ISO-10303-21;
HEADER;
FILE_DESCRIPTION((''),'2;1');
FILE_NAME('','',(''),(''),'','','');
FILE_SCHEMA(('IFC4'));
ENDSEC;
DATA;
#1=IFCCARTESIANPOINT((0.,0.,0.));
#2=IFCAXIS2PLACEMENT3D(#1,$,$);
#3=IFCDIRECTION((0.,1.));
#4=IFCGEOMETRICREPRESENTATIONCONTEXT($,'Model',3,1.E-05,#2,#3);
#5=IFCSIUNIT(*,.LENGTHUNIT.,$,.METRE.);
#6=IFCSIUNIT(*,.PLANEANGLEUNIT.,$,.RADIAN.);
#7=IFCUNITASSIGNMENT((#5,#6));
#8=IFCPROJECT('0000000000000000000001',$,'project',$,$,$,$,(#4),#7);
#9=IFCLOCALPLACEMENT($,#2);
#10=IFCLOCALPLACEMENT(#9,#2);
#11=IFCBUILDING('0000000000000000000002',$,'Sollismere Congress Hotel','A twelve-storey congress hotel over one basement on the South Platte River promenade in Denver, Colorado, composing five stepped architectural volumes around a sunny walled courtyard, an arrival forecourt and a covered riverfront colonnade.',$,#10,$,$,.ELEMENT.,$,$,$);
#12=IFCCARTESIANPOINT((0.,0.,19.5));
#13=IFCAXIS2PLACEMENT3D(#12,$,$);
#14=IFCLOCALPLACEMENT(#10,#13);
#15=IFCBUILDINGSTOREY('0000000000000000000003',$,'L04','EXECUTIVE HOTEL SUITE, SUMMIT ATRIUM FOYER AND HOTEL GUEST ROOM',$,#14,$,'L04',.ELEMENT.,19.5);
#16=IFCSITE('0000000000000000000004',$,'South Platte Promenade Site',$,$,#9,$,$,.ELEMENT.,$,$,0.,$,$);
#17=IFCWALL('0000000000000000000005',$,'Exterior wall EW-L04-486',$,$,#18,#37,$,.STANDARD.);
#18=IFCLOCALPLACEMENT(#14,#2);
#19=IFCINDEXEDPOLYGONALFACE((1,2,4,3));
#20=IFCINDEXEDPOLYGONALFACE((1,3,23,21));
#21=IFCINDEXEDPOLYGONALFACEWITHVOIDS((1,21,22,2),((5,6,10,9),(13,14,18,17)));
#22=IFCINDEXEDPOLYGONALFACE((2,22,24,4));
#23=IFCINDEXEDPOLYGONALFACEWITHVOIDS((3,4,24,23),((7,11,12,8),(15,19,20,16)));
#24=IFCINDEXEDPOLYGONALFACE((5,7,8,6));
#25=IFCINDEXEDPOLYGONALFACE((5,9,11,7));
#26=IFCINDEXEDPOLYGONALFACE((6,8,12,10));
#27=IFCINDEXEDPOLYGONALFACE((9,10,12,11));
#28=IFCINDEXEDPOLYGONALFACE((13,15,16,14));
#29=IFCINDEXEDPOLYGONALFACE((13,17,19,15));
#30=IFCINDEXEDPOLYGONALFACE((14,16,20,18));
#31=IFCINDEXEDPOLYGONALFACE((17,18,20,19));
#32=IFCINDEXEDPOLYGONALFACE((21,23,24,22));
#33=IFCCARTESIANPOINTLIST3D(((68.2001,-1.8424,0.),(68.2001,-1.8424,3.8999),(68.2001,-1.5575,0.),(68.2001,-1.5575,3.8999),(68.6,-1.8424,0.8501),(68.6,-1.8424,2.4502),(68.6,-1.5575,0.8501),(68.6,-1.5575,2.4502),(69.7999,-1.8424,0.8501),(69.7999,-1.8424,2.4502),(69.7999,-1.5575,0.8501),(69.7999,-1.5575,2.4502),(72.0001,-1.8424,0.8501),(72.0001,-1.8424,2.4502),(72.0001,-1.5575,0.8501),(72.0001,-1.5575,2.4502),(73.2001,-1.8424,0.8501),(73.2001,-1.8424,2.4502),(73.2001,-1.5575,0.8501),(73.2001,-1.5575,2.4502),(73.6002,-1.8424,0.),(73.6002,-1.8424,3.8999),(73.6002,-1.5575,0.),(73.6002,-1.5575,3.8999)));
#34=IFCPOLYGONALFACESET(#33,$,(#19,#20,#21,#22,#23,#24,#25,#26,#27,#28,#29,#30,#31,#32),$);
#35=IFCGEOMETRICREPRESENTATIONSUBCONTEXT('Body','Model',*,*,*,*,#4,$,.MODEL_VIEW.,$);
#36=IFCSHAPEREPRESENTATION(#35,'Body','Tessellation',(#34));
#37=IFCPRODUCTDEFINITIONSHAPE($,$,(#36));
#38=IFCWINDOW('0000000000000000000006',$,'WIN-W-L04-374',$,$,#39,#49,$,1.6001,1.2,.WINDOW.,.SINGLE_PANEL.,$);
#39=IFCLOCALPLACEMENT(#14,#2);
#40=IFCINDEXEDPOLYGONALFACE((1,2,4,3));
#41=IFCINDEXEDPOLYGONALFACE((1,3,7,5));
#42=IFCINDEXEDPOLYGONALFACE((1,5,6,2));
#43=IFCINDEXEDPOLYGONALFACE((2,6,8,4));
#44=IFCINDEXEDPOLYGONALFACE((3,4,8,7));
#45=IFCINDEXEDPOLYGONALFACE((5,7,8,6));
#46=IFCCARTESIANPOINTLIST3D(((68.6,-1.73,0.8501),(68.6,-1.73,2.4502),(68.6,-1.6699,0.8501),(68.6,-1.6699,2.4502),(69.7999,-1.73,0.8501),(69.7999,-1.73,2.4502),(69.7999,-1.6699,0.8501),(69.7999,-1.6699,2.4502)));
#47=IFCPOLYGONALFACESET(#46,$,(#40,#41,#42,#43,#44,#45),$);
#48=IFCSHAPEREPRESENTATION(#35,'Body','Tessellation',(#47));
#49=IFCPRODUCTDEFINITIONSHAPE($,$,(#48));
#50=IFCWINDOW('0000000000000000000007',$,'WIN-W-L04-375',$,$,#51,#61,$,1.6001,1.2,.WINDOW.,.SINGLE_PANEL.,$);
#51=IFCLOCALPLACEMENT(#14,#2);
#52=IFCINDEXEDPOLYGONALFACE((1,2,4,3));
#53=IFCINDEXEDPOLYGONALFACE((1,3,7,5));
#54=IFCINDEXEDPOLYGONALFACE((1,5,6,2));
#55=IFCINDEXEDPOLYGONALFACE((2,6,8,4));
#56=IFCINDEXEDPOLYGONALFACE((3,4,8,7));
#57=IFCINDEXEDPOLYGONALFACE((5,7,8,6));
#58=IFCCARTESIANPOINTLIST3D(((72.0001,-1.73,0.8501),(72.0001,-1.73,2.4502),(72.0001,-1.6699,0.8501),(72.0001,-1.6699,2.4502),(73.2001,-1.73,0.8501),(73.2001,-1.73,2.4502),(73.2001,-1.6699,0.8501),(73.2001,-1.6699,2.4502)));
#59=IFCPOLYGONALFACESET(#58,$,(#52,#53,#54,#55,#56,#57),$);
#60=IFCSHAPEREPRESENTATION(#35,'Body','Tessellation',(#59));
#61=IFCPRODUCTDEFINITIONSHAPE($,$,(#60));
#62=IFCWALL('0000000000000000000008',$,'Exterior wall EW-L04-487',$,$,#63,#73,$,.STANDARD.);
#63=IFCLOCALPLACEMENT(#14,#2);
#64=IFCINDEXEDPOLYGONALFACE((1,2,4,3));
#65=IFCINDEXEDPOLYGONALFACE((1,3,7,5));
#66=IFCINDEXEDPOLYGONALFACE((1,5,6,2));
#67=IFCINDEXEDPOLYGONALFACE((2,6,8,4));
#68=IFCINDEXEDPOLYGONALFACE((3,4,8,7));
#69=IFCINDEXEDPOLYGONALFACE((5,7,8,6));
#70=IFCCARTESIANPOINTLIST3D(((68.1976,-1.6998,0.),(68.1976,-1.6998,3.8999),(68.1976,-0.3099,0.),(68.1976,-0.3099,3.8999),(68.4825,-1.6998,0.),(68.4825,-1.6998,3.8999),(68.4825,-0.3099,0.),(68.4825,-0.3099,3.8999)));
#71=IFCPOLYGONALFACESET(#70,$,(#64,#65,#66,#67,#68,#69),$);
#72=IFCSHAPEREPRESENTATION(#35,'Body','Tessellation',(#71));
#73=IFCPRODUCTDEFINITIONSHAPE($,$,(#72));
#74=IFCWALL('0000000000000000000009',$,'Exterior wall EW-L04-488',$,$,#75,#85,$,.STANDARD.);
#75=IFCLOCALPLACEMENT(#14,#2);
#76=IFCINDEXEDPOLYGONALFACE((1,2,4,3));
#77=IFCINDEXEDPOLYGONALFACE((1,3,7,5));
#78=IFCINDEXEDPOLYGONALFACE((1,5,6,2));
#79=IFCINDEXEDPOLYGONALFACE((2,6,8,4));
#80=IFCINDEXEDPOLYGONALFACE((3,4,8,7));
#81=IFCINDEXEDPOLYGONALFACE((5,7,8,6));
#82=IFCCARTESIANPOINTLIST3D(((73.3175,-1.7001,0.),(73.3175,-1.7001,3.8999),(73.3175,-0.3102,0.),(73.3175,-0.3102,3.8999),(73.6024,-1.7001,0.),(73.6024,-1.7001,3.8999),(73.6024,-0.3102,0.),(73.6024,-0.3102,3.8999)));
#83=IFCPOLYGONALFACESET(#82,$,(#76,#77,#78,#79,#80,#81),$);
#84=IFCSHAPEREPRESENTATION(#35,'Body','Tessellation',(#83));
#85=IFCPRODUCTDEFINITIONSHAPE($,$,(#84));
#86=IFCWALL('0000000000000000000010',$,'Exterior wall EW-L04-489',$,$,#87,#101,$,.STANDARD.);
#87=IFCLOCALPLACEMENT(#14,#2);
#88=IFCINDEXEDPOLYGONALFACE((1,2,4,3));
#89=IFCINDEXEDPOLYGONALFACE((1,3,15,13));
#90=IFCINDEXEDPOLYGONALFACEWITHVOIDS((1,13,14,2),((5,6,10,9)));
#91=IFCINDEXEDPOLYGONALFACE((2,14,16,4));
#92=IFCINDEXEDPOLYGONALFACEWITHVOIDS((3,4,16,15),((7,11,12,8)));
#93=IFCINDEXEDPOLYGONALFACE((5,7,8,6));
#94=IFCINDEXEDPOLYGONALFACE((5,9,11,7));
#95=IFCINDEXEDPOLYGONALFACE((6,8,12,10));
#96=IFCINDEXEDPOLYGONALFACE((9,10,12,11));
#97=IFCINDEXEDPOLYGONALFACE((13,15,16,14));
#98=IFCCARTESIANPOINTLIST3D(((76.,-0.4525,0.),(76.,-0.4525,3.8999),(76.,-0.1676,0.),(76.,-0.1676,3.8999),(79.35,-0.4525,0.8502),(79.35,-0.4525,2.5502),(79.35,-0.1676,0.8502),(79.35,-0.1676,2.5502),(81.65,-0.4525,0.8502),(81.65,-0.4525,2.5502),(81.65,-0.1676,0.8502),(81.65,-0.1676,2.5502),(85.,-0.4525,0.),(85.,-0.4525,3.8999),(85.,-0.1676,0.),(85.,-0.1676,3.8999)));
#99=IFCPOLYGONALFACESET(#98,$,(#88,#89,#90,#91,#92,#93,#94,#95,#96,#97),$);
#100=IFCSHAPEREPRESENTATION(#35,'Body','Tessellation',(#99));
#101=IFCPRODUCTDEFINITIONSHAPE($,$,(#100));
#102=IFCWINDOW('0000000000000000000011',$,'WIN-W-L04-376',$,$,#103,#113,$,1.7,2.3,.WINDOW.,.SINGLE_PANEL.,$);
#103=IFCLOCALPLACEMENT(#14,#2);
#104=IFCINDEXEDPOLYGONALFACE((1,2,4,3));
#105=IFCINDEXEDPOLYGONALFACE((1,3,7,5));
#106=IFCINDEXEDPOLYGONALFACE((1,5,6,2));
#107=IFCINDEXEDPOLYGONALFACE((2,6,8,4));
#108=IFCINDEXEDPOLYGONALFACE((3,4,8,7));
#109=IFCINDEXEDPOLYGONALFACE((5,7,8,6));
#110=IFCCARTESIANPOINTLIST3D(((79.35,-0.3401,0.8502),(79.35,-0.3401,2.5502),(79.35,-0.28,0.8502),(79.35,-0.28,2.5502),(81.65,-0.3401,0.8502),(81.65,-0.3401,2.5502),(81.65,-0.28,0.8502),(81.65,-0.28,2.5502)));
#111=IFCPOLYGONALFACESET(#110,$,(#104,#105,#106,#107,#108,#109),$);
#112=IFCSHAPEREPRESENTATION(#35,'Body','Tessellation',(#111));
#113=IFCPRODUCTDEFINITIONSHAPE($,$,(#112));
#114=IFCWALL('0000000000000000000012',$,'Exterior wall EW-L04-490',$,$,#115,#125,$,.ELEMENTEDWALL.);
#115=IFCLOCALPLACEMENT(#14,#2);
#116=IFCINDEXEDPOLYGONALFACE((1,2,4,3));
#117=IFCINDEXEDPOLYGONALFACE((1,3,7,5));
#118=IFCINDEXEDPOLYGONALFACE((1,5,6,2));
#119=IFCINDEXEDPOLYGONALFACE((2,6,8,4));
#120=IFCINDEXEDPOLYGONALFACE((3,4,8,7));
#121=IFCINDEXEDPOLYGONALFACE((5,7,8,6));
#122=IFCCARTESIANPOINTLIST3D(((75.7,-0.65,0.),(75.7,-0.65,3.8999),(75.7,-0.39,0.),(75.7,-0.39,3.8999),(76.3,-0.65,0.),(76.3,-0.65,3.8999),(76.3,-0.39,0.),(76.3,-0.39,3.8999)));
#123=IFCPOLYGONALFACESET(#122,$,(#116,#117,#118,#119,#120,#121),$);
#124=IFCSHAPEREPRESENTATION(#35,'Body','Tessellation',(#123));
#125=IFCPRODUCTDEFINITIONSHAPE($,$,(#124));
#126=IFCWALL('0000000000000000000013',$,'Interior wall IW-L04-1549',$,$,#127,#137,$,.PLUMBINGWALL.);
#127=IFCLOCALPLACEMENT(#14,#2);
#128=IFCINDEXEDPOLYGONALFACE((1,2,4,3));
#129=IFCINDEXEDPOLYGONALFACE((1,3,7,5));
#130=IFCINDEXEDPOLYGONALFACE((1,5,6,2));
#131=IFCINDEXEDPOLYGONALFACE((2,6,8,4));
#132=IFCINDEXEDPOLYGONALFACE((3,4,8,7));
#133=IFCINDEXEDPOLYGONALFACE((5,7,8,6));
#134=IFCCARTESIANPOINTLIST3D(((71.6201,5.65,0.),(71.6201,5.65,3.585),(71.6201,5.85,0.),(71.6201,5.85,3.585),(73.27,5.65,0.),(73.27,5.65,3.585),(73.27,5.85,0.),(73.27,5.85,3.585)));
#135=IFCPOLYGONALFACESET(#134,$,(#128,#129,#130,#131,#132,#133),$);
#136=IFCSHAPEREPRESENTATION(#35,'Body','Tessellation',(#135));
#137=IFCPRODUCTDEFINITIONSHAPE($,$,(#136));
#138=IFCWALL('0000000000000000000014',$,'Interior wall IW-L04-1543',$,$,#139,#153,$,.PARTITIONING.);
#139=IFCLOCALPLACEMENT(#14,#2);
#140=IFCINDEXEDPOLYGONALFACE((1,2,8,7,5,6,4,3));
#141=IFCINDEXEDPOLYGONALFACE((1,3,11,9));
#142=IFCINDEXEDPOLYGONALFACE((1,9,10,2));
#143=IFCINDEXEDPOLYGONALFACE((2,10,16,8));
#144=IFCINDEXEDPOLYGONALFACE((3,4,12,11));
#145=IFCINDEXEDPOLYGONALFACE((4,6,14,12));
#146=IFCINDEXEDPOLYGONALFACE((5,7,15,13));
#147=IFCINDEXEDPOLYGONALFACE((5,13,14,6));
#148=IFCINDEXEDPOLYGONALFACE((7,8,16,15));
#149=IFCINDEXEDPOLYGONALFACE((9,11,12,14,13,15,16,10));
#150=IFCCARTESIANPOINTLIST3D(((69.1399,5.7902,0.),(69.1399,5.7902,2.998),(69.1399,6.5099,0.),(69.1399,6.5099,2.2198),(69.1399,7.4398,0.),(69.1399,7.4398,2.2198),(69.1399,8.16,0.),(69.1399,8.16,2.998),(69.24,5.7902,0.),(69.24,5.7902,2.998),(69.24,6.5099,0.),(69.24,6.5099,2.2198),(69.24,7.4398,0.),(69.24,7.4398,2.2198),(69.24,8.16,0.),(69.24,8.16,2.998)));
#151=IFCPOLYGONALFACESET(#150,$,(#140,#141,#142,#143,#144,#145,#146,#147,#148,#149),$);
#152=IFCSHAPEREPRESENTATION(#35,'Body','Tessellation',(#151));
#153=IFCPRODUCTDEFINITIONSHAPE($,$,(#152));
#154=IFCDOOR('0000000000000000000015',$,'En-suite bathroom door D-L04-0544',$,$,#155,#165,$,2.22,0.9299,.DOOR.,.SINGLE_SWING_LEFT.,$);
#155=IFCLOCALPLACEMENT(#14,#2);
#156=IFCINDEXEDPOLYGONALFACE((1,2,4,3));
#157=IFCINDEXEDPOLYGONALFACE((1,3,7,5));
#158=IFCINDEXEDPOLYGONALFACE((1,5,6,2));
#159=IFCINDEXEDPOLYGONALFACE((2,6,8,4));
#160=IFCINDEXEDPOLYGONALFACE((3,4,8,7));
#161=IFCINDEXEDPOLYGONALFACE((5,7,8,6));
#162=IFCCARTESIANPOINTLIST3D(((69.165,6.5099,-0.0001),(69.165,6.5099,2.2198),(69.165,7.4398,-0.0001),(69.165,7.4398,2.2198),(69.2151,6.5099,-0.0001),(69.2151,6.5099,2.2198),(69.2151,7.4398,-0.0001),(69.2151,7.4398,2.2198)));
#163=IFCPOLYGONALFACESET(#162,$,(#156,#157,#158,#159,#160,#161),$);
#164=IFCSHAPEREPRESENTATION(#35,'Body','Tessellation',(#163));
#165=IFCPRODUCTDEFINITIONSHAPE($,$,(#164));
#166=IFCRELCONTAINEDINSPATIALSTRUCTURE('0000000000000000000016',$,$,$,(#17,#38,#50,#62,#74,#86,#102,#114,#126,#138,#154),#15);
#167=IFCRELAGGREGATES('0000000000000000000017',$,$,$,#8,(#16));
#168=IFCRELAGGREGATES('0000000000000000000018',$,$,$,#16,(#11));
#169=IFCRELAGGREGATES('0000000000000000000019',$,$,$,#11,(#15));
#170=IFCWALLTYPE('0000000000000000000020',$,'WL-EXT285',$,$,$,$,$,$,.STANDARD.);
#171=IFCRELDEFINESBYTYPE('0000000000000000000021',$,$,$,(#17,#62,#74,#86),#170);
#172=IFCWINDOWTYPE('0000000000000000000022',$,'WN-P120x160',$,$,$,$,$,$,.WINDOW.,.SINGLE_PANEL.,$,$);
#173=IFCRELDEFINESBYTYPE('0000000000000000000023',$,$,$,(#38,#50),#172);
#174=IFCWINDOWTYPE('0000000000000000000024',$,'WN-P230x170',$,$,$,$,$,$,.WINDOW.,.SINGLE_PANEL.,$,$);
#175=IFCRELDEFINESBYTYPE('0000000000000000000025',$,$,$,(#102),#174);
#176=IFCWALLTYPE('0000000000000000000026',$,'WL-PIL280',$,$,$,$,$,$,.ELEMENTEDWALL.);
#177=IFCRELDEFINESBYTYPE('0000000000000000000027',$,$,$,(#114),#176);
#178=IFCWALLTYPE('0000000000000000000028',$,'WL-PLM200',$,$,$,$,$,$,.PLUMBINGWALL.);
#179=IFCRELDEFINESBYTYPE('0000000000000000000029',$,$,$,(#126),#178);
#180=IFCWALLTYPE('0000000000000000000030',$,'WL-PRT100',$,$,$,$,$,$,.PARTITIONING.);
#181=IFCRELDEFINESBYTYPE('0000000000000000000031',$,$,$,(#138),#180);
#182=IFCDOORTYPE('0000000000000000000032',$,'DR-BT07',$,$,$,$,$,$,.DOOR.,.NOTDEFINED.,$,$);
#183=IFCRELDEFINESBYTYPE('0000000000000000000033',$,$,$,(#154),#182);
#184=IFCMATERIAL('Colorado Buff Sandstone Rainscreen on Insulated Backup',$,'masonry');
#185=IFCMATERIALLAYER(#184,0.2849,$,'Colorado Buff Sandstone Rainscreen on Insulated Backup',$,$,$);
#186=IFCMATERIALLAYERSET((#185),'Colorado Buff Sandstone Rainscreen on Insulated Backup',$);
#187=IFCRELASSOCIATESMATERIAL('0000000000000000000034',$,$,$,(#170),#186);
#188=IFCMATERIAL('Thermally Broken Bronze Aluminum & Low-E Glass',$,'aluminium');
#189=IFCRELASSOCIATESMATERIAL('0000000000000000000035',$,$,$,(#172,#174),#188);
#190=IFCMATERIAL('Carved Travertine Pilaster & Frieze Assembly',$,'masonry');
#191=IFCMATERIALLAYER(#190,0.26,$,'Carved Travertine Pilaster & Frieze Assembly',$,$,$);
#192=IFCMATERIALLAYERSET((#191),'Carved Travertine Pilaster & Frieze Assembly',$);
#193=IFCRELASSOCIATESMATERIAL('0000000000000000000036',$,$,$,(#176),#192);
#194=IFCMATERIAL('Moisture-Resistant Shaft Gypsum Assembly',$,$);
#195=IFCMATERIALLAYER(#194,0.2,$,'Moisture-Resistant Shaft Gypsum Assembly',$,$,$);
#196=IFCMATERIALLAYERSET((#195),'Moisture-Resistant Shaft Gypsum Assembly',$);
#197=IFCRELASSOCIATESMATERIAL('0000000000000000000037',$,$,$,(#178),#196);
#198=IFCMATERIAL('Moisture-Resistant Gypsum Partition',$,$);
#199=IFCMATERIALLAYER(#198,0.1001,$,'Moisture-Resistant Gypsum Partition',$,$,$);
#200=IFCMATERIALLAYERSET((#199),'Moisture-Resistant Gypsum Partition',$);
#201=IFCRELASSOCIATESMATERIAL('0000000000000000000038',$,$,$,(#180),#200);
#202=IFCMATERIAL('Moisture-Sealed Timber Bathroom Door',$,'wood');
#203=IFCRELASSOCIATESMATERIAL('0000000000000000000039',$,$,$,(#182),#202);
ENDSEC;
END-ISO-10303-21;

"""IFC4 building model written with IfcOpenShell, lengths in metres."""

from ifc_helpers import new_model, si_unit, direction, frame, frame_2d, origin, place, context, subcontext, project, spatial, rectangle, extrude, material, layer, layer_set, type_object, element, fill, save


model = new_model("IFC4")

# Units and contexts
model_context = context("Model", 3, precision=1e-05, world=origin(), true_north=direction((0.0, 1.0)))
body_context = subcontext(model_context, "Body", "Model", "MODEL_VIEW")
ifc_project = project(units=[si_unit("LENGTHUNIT", "METRE"), si_unit("PLANEANGLEUNIT", "RADIAN")], contexts=[model_context])

# Site, building, storey
site_placement = place(None, origin())
site = spatial("IfcSite", under=ifc_project, at=site_placement, Name="South Platte Promenade Site", CompositionType="ELEMENT", RefElevation=0.0)
building_placement = place(site_placement, origin())
building = spatial("IfcBuilding", under=site, at=building_placement, Name="Sollismere Congress Hotel", Description="A twelve-storey congress hotel over one basement on the South Platte River promenade in Denver, Colorado, composing five stepped architectural volumes around a sunny walled courtyard, an arrival forecourt and a covered riverfront colonnade.", CompositionType="ELEMENT")
storey_placement = place(building_placement, frame((0.0, 0.0, 19.5)))
storey = spatial("IfcBuildingStorey", under=building, at=storey_placement, Name="L04", Description="EXECUTIVE HOTEL SUITE, SUMMIT ATRIUM FOYER AND HOTEL GUEST ROOM", LongName="L04", CompositionType="ELEMENT", Elevation=19.5)

# Shared definitions
ifc_material_1 = material(Name="Colorado Buff Sandstone Rainscreen on Insulated Backup", Category="masonry")
ifc_layer_1 = layer(ifc_material_1, 0.2849, Name="Colorado Buff Sandstone Rainscreen on Insulated Backup")
ifc_layer_set_1 = layer_set([ifc_layer_1], Name="Colorado Buff Sandstone Rainscreen on Insulated Backup")
wall_type_1 = type_object("IfcWallType", Name="WL-EXT285", PredefinedType="STANDARD", material=ifc_layer_set_1)
ifc_material_2 = material(Name="Thermally Broken Bronze Aluminum & Low-E Glass", Category="aluminium")

# Wall, openings, windows
wall_1_placement = place(storey_placement, frame((68.2, -1.7, 0.0), z_axis=(0.0, 0.0, 1.0), x_axis=(1.0, 0.0, 0.0)))
wall_1 = element("IfcWall", 1, at=wall_1_placement, inside=storey, type_object=wall_type_1, Name="Exterior wall EW-L04-486", PredefinedType="STANDARD", context=body_context, shape_type="SweptSolid", body=[
    extrude(rectangle(XDim=5.4001, YDim=0.2849, at=frame_2d((2.7002, 0.0))), origin(), (0.0, 0.0, 1.0), 3.8999),
])
opening_1_placement = place(wall_1_placement, frame((0.3999, 0.0, 0.8501)))
opening_1 = element("IfcOpeningElement", 2, at=opening_1_placement, cuts=wall_1, PredefinedType="OPENING", context=body_context, shape_type="SweptSolid", body=[
    extrude(rectangle(XDim=1.2, YDim=1.6001, at=frame_2d((0.6001, 0.8))), frame((0.0, 0.1523, 0.0), z_axis=(0.0, -1.0, 0.0), x_axis=(1.0, 0.0, 0.0)), (0.0, 0.0, 1.0), 0.3049),
])
opening_2_placement = place(wall_1_placement, frame((3.8, 0.0, 0.8501)))
opening_2 = element("IfcOpeningElement", 3, at=opening_2_placement, cuts=wall_1, PredefinedType="OPENING", context=body_context, shape_type="SweptSolid", body=[
    extrude(rectangle(XDim=1.2, YDim=1.6001, at=frame_2d((0.6001, 0.8))), frame((0.0, 0.1523, 0.0), z_axis=(0.0, -1.0, 0.0), x_axis=(1.0, 0.0, 0.0)), (0.0, 0.0, 1.0), 0.3049),
])
window_type_1 = type_object("IfcWindowType", Name="WN-P120x160", PartitioningType="SINGLE_PANEL", PredefinedType="WINDOW", material=ifc_material_2)
window_1_placement = place(opening_1_placement, origin())
window_1 = element("IfcWindow", 4, at=window_1_placement, inside=storey, type_object=window_type_1, Name="WIN-W-L04-374", OverallHeight=1.6001, OverallWidth=1.2, PartitioningType="SINGLE_PANEL", PredefinedType="WINDOW", context=body_context, shape_type="SweptSolid", body=[
    extrude(rectangle(XDim=1.2, YDim=1.6001, at=frame_2d((0.6001, 0.8))), frame((0.0, 0.03, 0.0), z_axis=(0.0, -1.0, 0.0), x_axis=(1.0, 0.0, 0.0)), (0.0, 0.0, 1.0), 0.0601),
])
fill(opening_1, window_1)
window_2_placement = place(opening_2_placement, origin())
window_2 = element("IfcWindow", 5, at=window_2_placement, inside=storey, type_object=window_type_1, Name="WIN-W-L04-375", OverallHeight=1.6001, OverallWidth=1.2, PartitioningType="SINGLE_PANEL", PredefinedType="WINDOW", context=body_context, shape_type="SweptSolid", body=[
    extrude(rectangle(XDim=1.2, YDim=1.6001, at=frame_2d((0.6001, 0.8))), frame((0.0, 0.03, 0.0), z_axis=(0.0, -1.0, 0.0), x_axis=(1.0, 0.0, 0.0)), (0.0, 0.0, 1.0), 0.0601),
])
fill(opening_2, window_2)

# Walls
for number, where, z_axis, x_axis, name in (
    (6, (68.3401, -0.3101, 0.0), (0.0, 0.0, 1.0), (0.0, -1.0, 0.0), "Exterior wall EW-L04-487"),
    (7, (73.46, -1.7, 0.0), (0.0, 0.0, 1.0), (0.0, 1.0, 0.0), "Exterior wall EW-L04-488"),
):
    element("IfcWall", number, at=place(storey_placement, frame(where, z_axis=z_axis, x_axis=x_axis)), inside=storey, type_object=wall_type_1, Name=name, PredefinedType="STANDARD", context=body_context, shape_type="SweptSolid", body=[
        extrude(rectangle(XDim=1.3899, YDim=0.2849, at=frame_2d((0.6948, 0.0))), origin(), (0.0, 0.0, 1.0), 3.8999),
    ])

# Wall, opening, window
wall_2_placement = place(storey_placement, frame((76.0, -0.3101, 0.0), z_axis=(0.0, 0.0, 1.0), x_axis=(1.0, 0.0, 0.0)))
wall_2 = element("IfcWall", 8, at=wall_2_placement, inside=storey, type_object=wall_type_1, Name="Exterior wall EW-L04-489", PredefinedType="STANDARD", context=body_context, shape_type="SweptSolid", body=[
    extrude(rectangle(XDim=9.0, YDim=0.2849, at=frame_2d((4.5, 0.0))), origin(), (0.0, 0.0, 1.0), 3.8999),
])
opening_3_placement = place(wall_2_placement, frame((3.3501, 0.0, 0.8501)))
opening_3 = element("IfcOpeningElement", 9, at=opening_3_placement, cuts=wall_2, PredefinedType="OPENING", context=body_context, shape_type="SweptSolid", body=[
    extrude(rectangle(XDim=2.3, YDim=1.7, at=frame_2d((1.1499, 0.8501))), frame((0.0, 0.1523, 0.0), z_axis=(0.0, -1.0, 0.0), x_axis=(1.0, 0.0, 0.0)), (0.0, 0.0, 1.0), 0.3049),
])
window_type_2 = type_object("IfcWindowType", Name="WN-P230x170", PartitioningType="SINGLE_PANEL", PredefinedType="WINDOW", material=ifc_material_2)
window_3_placement = place(opening_3_placement, origin())
window_3 = element("IfcWindow", 10, at=window_3_placement, inside=storey, type_object=window_type_2, Name="WIN-W-L04-376", OverallHeight=1.7, OverallWidth=2.3, PartitioningType="SINGLE_PANEL", PredefinedType="WINDOW", context=body_context, shape_type="SweptSolid", body=[
    extrude(rectangle(XDim=2.3, YDim=1.7, at=frame_2d((1.1499, 0.8501))), frame((0.0, 0.03, 0.0), z_axis=(0.0, -1.0, 0.0), x_axis=(1.0, 0.0, 0.0)), (0.0, 0.0, 1.0), 0.0601),
])
fill(opening_3, window_3)

# Walls
ifc_material_3 = material(Name="Carved Travertine Pilaster & Frieze Assembly", Category="masonry")
ifc_layer_2 = layer(ifc_material_3, 0.26, Name="Carved Travertine Pilaster & Frieze Assembly")
ifc_layer_set_2 = layer_set([ifc_layer_2], Name="Carved Travertine Pilaster & Frieze Assembly")
wall_type_2 = type_object("IfcWallType", Name="WL-PIL280", PredefinedType="ELEMENTEDWALL", material=ifc_layer_set_2)
wall_3_placement = place(storey_placement, frame((75.7, -0.52, 0.0), z_axis=(0.0, 0.0, 1.0), x_axis=(1.0, 0.0, 0.0)))
element("IfcWall", 11, at=wall_3_placement, inside=storey, type_object=wall_type_2, Name="Exterior wall EW-L04-490", PredefinedType="ELEMENTEDWALL", context=body_context, shape_type="SweptSolid", body=[
    extrude(rectangle(XDim=0.6001, YDim=0.26, at=frame_2d((0.3, 0.0))), origin(), (0.0, 0.0, 1.0), 3.8999),
])
ifc_material_4 = material(Name="Moisture-Resistant Shaft Gypsum Assembly")
ifc_layer_3 = layer(ifc_material_4, 0.2, Name="Moisture-Resistant Shaft Gypsum Assembly")
ifc_layer_set_3 = layer_set([ifc_layer_3], Name="Moisture-Resistant Shaft Gypsum Assembly")
wall_type_3 = type_object("IfcWallType", Name="WL-PLM200", PredefinedType="PLUMBINGWALL", material=ifc_layer_set_3)
wall_4_placement = place(storey_placement, frame((71.6201, 5.75, 0.0), z_axis=(0.0, 0.0, 1.0), x_axis=(1.0, 0.0, 0.0)))
element("IfcWall", 12, at=wall_4_placement, inside=storey, type_object=wall_type_3, Name="Interior wall IW-L04-1549", PredefinedType="PLUMBINGWALL", context=body_context, shape_type="SweptSolid", body=[
    extrude(rectangle(XDim=1.6499, YDim=0.2, at=frame_2d((0.825, 0.0))), origin(), (0.0, 0.0, 1.0), 3.585),
])

# Wall, opening, door
ifc_material_5 = material(Name="Moisture-Resistant Gypsum Partition")
ifc_layer_4 = layer(ifc_material_5, 0.1001, Name="Moisture-Resistant Gypsum Partition")
ifc_layer_set_4 = layer_set([ifc_layer_4], Name="Moisture-Resistant Gypsum Partition")
wall_type_4 = type_object("IfcWallType", Name="WL-PRT100", PredefinedType="PARTITIONING", material=ifc_layer_set_4)
wall_5_placement = place(storey_placement, frame((69.1899, 5.79, 0.0), z_axis=(0.0, 0.0, 1.0), x_axis=(0.0, 1.0, 0.0)))
wall_5 = element("IfcWall", 13, at=wall_5_placement, inside=storey, type_object=wall_type_4, Name="Interior wall IW-L04-1543", PredefinedType="PARTITIONING", context=body_context, shape_type="SweptSolid", body=[
    extrude(rectangle(XDim=2.3699, YDim=0.1001, at=frame_2d((1.1851, 0.0))), origin(), (0.0, 0.0, 1.0), 2.998),
])
opening_4_placement = place(wall_5_placement, frame((0.72, 0.0, 0.0)))
opening_4 = element("IfcOpeningElement", 14, at=opening_4_placement, cuts=wall_5, PredefinedType="OPENING", context=body_context, shape_type="SweptSolid", body=[
    extrude(rectangle(XDim=0.9299, YDim=2.22, at=frame_2d((0.4648, 1.1099))), frame((0.0, 0.0601, 0.0), z_axis=(0.0, -1.0, 0.0), x_axis=(1.0, 0.0, 0.0)), (0.0, 0.0, 1.0), 0.1201),
])
ifc_material_6 = material(Name="Moisture-Sealed Timber Bathroom Door", Category="wood")
door_type_1 = type_object("IfcDoorType", Name="DR-BT07", OperationType="NOTDEFINED", PredefinedType="DOOR", material=ifc_material_6)
door_1_placement = place(opening_4_placement, origin())
door_1 = element("IfcDoor", 15, at=door_1_placement, inside=storey, type_object=door_type_1, Name="En-suite bathroom door D-L04-0544", OperationType="SINGLE_SWING_LEFT", OverallHeight=2.22, OverallWidth=0.9299, PredefinedType="DOOR", context=body_context, shape_type="SweptSolid", body=[
    extrude(rectangle(XDim=0.9299, YDim=2.22, at=frame_2d((0.4648, 1.1099))), frame((0.0, 0.0249, 0.0), z_axis=(0.0, -1.0, 0.0), x_axis=(1.0, 0.0, 0.0)), (0.0, 0.0, 1.0), 0.05),
])
fill(opening_4, door_1)

save(model, "model.ifc")
